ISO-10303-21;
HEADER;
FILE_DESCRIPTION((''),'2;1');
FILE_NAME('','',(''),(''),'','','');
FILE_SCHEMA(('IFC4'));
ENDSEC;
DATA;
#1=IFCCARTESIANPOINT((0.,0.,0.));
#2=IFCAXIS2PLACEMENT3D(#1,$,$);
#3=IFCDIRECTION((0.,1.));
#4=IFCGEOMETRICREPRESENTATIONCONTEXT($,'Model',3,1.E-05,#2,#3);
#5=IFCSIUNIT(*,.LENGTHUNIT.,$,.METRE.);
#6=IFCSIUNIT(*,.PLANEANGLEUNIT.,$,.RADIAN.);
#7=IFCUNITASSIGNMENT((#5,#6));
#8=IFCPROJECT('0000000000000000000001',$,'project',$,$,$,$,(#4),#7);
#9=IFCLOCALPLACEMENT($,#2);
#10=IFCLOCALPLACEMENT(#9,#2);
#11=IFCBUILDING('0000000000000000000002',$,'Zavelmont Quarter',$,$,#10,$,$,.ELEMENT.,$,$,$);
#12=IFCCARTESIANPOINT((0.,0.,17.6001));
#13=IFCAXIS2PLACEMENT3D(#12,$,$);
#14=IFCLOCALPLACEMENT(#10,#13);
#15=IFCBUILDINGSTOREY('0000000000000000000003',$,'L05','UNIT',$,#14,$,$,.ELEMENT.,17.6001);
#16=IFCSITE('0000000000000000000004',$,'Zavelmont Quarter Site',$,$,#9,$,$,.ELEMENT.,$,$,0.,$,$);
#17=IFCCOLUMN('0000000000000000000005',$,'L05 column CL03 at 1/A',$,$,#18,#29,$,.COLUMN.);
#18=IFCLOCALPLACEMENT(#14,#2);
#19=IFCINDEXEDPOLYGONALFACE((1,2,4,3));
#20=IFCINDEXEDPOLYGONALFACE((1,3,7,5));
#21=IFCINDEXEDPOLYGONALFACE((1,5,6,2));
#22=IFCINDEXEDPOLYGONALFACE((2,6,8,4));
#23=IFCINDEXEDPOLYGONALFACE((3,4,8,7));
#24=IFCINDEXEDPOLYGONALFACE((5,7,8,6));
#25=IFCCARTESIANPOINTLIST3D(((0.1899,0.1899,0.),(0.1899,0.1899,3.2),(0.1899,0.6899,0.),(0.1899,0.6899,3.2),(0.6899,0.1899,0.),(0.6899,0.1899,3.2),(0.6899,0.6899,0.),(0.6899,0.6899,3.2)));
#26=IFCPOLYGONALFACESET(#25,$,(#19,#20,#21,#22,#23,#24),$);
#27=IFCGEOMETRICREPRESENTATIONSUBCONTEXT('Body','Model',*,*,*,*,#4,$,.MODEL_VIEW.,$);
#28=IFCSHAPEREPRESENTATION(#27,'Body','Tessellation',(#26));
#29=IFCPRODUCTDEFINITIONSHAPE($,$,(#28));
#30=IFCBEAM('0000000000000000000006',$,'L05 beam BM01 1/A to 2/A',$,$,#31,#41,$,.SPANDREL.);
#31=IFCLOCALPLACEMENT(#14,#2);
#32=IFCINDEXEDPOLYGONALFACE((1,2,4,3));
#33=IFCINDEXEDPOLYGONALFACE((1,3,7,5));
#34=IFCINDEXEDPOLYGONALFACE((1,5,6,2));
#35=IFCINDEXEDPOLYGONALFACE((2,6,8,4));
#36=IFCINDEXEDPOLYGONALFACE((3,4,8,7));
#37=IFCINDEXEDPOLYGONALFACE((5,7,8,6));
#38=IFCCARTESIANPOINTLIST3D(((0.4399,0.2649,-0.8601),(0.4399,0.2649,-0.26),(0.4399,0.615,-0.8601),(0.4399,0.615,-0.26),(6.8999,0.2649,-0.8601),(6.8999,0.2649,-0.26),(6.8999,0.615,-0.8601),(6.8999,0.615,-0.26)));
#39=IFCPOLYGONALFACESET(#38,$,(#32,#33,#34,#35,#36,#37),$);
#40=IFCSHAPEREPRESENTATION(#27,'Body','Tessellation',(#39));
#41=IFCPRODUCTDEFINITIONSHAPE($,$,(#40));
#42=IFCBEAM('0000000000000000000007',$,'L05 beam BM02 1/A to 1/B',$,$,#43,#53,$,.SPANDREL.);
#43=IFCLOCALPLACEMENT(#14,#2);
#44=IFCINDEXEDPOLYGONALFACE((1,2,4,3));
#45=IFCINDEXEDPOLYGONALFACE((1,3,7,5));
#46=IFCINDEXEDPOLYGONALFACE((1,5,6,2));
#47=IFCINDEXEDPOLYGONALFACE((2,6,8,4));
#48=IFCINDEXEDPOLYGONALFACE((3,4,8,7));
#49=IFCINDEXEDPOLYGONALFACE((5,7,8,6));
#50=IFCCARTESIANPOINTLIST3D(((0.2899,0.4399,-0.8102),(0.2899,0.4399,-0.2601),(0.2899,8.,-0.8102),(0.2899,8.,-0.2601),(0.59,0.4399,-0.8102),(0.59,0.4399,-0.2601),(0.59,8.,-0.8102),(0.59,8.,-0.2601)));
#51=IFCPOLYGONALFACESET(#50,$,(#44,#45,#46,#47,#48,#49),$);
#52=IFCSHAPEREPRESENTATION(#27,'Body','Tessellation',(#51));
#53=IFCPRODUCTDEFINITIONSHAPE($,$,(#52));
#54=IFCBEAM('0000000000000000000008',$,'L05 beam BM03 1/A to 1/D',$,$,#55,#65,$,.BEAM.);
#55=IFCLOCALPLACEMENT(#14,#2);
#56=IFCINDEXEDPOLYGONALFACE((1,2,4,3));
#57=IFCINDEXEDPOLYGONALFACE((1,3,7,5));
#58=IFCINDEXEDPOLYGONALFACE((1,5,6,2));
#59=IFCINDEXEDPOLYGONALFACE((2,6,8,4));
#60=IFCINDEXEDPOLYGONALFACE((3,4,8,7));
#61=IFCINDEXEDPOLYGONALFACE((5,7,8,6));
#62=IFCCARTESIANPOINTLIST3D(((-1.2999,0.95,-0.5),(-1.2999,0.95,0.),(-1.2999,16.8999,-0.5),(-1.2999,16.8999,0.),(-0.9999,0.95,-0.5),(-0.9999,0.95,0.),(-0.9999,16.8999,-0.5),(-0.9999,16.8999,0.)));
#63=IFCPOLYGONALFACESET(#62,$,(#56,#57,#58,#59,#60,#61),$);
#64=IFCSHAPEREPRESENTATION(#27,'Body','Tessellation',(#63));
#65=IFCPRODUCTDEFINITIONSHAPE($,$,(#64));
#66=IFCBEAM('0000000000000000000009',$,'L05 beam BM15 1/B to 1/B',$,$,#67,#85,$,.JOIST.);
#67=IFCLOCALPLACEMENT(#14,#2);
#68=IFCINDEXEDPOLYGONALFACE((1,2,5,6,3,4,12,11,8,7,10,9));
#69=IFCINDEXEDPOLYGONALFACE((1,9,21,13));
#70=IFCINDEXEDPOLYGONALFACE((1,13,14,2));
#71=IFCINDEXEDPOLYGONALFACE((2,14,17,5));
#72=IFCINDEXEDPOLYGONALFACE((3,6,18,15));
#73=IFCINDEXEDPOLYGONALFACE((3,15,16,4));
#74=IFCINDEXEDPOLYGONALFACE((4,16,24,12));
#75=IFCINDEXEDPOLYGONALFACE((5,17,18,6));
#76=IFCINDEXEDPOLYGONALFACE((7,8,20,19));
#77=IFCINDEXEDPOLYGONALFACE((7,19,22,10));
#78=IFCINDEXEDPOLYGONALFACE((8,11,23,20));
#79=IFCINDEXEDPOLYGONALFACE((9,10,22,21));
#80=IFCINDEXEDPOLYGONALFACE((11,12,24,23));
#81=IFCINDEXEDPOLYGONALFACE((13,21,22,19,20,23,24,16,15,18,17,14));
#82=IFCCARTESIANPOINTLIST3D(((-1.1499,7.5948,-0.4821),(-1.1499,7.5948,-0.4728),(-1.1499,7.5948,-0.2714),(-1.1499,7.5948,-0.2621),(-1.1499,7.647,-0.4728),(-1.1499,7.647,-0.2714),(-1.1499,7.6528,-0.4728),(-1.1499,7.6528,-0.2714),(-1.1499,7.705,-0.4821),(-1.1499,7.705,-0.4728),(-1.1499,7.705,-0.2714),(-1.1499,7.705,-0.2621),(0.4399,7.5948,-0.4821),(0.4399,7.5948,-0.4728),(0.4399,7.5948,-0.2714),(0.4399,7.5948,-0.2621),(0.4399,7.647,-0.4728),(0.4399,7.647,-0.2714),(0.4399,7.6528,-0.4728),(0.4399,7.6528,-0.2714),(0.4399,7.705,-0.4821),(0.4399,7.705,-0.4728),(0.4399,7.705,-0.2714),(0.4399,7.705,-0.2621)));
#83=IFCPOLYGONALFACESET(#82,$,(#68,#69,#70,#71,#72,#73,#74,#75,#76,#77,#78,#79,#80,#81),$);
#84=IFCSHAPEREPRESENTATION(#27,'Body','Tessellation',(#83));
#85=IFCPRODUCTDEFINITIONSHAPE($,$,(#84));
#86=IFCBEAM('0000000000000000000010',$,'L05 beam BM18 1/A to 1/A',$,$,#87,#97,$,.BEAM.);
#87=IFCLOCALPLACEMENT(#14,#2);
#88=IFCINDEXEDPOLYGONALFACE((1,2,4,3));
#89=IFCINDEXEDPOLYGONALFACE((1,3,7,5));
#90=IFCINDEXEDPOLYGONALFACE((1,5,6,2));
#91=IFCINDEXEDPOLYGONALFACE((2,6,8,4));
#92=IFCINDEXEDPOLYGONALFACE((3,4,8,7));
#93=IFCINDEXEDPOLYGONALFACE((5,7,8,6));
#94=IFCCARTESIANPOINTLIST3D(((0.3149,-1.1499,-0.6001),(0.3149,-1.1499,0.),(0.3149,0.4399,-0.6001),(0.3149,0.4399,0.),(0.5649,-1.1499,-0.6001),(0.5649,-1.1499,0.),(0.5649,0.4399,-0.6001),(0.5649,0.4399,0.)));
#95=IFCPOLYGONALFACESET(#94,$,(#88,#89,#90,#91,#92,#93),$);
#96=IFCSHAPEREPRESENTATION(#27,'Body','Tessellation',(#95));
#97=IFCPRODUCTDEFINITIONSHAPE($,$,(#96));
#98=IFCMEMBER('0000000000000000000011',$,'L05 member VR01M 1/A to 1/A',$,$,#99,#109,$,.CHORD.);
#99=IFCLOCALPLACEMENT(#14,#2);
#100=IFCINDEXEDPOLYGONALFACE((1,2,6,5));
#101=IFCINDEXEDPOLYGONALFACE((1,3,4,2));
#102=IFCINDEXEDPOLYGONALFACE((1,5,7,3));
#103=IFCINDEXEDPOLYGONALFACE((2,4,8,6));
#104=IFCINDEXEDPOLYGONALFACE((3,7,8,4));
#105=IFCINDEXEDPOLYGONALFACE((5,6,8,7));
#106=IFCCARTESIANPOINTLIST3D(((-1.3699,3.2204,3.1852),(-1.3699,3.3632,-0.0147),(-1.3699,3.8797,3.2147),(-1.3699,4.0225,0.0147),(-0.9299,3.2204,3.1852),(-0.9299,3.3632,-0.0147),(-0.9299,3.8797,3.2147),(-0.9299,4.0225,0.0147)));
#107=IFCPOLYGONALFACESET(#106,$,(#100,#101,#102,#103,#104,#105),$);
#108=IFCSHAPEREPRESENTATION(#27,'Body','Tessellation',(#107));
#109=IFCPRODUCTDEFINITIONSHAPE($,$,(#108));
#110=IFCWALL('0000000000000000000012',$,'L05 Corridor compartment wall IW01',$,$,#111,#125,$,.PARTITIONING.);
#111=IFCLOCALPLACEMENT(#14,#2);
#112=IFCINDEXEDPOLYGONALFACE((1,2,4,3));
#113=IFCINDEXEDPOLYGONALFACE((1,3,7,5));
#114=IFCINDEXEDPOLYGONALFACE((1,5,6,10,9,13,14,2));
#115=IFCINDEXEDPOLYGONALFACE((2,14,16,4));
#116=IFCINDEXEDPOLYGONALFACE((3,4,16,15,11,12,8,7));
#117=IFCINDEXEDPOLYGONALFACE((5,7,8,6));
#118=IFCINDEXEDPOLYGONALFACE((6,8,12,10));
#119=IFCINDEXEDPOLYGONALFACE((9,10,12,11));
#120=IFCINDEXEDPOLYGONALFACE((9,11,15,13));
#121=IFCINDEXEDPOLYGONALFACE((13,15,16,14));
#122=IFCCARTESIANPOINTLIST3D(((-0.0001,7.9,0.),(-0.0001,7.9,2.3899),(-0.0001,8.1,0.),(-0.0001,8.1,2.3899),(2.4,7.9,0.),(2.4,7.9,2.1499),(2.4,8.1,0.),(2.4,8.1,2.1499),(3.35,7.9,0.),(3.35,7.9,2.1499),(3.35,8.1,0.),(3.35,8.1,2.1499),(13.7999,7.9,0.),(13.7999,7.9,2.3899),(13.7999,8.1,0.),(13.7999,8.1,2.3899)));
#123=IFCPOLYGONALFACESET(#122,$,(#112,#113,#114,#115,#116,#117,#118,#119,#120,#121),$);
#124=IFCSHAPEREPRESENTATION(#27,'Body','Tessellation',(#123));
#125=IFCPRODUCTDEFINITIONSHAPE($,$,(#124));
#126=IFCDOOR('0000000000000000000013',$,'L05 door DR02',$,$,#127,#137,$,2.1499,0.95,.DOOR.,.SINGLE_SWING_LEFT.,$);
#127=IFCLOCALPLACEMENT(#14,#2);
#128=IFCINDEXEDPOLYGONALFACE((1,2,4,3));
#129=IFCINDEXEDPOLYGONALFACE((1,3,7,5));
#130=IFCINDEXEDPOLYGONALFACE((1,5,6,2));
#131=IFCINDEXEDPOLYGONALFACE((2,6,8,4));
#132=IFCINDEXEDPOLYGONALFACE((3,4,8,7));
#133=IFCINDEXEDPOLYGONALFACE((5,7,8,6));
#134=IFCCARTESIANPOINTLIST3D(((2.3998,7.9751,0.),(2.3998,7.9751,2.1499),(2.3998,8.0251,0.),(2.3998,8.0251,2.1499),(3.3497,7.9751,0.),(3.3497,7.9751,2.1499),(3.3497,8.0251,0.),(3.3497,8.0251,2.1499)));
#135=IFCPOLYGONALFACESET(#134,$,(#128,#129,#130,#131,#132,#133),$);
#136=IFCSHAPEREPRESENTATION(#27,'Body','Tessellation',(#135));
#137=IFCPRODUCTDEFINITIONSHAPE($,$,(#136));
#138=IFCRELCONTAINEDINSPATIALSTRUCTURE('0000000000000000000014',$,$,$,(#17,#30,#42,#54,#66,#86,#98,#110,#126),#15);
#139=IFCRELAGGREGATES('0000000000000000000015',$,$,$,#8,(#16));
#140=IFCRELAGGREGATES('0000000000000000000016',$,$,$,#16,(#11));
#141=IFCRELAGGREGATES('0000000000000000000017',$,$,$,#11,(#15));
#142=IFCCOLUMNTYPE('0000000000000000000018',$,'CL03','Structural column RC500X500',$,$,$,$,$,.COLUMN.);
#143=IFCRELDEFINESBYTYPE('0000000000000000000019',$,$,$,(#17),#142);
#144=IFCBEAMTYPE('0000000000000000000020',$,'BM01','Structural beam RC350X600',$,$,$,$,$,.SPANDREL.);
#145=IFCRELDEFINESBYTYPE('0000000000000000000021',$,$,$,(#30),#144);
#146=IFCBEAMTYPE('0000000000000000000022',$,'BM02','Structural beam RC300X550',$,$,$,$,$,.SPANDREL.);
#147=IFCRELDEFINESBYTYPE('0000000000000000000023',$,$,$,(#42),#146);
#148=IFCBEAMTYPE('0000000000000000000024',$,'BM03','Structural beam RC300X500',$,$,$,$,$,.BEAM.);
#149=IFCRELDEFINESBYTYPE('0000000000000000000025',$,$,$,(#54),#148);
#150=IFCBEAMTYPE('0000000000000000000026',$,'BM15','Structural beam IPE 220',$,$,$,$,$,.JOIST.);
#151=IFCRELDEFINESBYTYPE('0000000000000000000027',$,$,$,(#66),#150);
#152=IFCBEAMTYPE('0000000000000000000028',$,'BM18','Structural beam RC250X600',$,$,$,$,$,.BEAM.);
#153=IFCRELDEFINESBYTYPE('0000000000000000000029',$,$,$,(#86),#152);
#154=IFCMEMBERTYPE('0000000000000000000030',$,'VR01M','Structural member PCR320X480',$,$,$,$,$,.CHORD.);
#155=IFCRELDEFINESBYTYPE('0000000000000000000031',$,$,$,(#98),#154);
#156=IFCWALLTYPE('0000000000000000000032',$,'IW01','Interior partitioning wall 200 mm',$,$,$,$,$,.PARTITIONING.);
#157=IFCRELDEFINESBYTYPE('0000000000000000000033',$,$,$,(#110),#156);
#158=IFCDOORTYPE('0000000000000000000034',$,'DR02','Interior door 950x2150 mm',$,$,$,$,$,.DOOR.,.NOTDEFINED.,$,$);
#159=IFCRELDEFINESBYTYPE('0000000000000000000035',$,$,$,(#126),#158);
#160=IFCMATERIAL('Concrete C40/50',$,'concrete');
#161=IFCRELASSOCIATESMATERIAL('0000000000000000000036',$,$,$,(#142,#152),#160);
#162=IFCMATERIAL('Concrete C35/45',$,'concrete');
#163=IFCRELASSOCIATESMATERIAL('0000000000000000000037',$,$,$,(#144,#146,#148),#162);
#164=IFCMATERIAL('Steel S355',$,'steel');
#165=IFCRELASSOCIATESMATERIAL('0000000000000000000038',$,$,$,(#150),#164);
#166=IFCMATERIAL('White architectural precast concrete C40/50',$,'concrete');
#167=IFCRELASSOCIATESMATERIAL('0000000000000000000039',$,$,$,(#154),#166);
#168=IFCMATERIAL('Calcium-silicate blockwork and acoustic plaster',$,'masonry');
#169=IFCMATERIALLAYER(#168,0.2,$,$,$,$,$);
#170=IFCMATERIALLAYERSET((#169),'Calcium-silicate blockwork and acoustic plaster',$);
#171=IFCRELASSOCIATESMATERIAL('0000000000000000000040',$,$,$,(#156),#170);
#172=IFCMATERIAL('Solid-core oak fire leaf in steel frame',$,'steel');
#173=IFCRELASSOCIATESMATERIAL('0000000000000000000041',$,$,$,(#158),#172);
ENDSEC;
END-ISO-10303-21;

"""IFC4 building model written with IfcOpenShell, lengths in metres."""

from ifc_helpers import new_model, si_unit, direction, frame, frame_2d, origin, origin_2d, place, context, subcontext, project, spatial, rectangle, i_section, extrude, material, layer, layer_set, material_profile, profile_set, type_object, element, fill, save


model = new_model("IFC4")

# Units and contexts
model_context = context("Model", 3, precision=1e-05, world=origin(), true_north=direction((0.0, 1.0)))
body_context = subcontext(model_context, "Body", "Model", "MODEL_VIEW")
ifc_project = project(units=[si_unit("LENGTHUNIT", "METRE"), si_unit("PLANEANGLEUNIT", "RADIAN")], contexts=[model_context])

# Site, building, storey
site_placement = place(None, origin())
site = spatial("IfcSite", under=ifc_project, at=site_placement, Name="Zavelmont Quarter Site", CompositionType="ELEMENT", RefElevation=0.0)
building_placement = place(site_placement, origin())
building = spatial("IfcBuilding", under=site, at=building_placement, Name="Zavelmont Quarter", CompositionType="ELEMENT")
storey_placement = place(building_placement, frame((0.0, 0.0, 17.6001)))
storey = spatial("IfcBuildingStorey", under=building, at=storey_placement, Name="L05", Description="UNIT", CompositionType="ELEMENT", Elevation=17.6001)

# Column
ifc_material_1 = material(Name="Concrete C40/50", Category="concrete")
ifc_material_profile_1 = material_profile(ifc_material_1, rectangle(XDim=0.5, YDim=0.5, at=origin_2d()), Name="RC500X500")
ifc_profile_set_1 = profile_set([ifc_material_profile_1], Name="Concrete C40/50")
column_type = type_object("IfcColumnType", Name="CL03", Description="Structural column RC500X500", PredefinedType="COLUMN", material=ifc_profile_set_1)
column_placement = place(storey_placement, frame((0.4399, 0.4399, 0.0), z_axis=(0.0, 0.0, 1.0), x_axis=(1.0, 0.0, 0.0)))
element("IfcColumn", 1, at=column_placement, inside=storey, type_object=column_type, Name="L05 column CL03 at 1/A", PredefinedType="COLUMN", context=body_context, shape_type="SweptSolid", body=[
    extrude(rectangle(XDim=0.5, YDim=0.5, at=origin_2d()), origin(), (0.0, 0.0, 1.0), 3.2),
])

# Beams
ifc_material_2 = material(Name="Concrete C35/45", Category="concrete")
ifc_material_profile_2 = material_profile(ifc_material_2, rectangle(XDim=0.3501, YDim=0.6001, at=origin_2d()), Name="RC350X600")
ifc_profile_set_2 = profile_set([ifc_material_profile_2], Name="Concrete C35/45")
beam_type_1 = type_object("IfcBeamType", Name="BM01", Description="Structural beam RC350X600", PredefinedType="SPANDREL", material=ifc_profile_set_2)
beam_1_placement = place(storey_placement, frame((0.4399, 0.4399, -0.5601), z_axis=(1.0, 0.0, 0.0), x_axis=(0.0, 1.0, 0.0)))
element("IfcBeam", 2, at=beam_1_placement, inside=storey, type_object=beam_type_1, Name="L05 beam BM01 1/A to 2/A", PredefinedType="SPANDREL", context=body_context, shape_type="SweptSolid", body=[
    extrude(rectangle(XDim=0.3501, YDim=0.6001, at=origin_2d()), origin(), (0.0, 0.0, 1.0), 6.46),
])
ifc_material_profile_3 = material_profile(ifc_material_2, rectangle(XDim=0.3, YDim=0.55, at=origin_2d()), Name="RC300X550")
ifc_profile_set_3 = profile_set([ifc_material_profile_3], Name="Concrete C35/45")
beam_type_2 = type_object("IfcBeamType", Name="BM02", Description="Structural beam RC300X550", PredefinedType="SPANDREL", material=ifc_profile_set_3)
beam_2_placement = place(storey_placement, frame((0.4399, 0.4399, -0.5352), z_axis=(0.0, 1.0, 0.0), x_axis=(-1.0, 0.0, 0.0)))
element("IfcBeam", 3, at=beam_2_placement, inside=storey, type_object=beam_type_2, Name="L05 beam BM02 1/A to 1/B", PredefinedType="SPANDREL", context=body_context, shape_type="SweptSolid", body=[
    extrude(rectangle(XDim=0.3, YDim=0.55, at=origin_2d()), origin(), (0.0, 0.0, 1.0), 7.5601),
])
ifc_material_profile_4 = material_profile(ifc_material_2, rectangle(XDim=0.3, YDim=0.5, at=origin_2d()), Name="RC300X500")
ifc_profile_set_4 = profile_set([ifc_material_profile_4], Name="Concrete C35/45")
beam_type_3 = type_object("IfcBeamType", Name="BM03", Description="Structural beam RC300X500", PredefinedType="BEAM", material=ifc_profile_set_4)
beam_3_placement = place(storey_placement, frame((-1.1499, 0.95, -0.25), z_axis=(0.0, 1.0, 0.0), x_axis=(-1.0, 0.0, 0.0)))
element("IfcBeam", 4, at=beam_3_placement, inside=storey, type_object=beam_type_3, Name="L05 beam BM03 1/A to 1/D", PredefinedType="BEAM", context=body_context, shape_type="SweptSolid", body=[
    extrude(rectangle(XDim=0.3, YDim=0.5, at=origin_2d()), origin(), (0.0, 0.0, 1.0), 15.95),
])
ifc_material_3 = material(Name="Steel S355", Category="steel")
ifc_material_profile_5 = material_profile(ifc_material_3, i_section(OverallWidth=0.1101, OverallDepth=0.22, WebThickness=0.0059, FlangeThickness=0.0093, at=origin_2d()), Name="IPE 220")
ifc_profile_set_5 = profile_set([ifc_material_profile_5], Name="Steel S355")
beam_type_4 = type_object("IfcBeamType", Name="BM15", Description="Structural beam IPE 220", PredefinedType="JOIST", material=ifc_profile_set_5)
beam_4_placement = place(storey_placement, frame((0.4399, 7.6499, -0.3721), z_axis=(-1.0, 0.0, 0.0), x_axis=(0.0, -1.0, 0.0)))
element("IfcBeam", 5, at=beam_4_placement, inside=storey, type_object=beam_type_4, Name="L05 beam BM15 1/B to 1/B", PredefinedType="JOIST", context=body_context, shape_type="SweptSolid", body=[
    extrude(i_section(OverallWidth=0.1101, OverallDepth=0.22, WebThickness=0.0059, FlangeThickness=0.0093, at=origin_2d()), origin(), (0.0, 0.0, 1.0), 1.5898),
])
ifc_material_profile_6 = material_profile(ifc_material_1, rectangle(XDim=0.25, YDim=0.6001, at=origin_2d()), Name="RC250X600")
ifc_profile_set_6 = profile_set([ifc_material_profile_6], Name="Concrete C40/50")
beam_type_5 = type_object("IfcBeamType", Name="BM18", Description="Structural beam RC250X600", PredefinedType="BEAM", material=ifc_profile_set_6)
beam_5_placement = place(storey_placement, frame((0.4399, 0.4399, -0.3), z_axis=(0.0, -1.0, 0.0), x_axis=(1.0, 0.0, 0.0)))
element("IfcBeam", 6, at=beam_5_placement, inside=storey, type_object=beam_type_5, Name="L05 beam BM18 1/A to 1/A", PredefinedType="BEAM", context=body_context, shape_type="SweptSolid", body=[
    extrude(rectangle(XDim=0.25, YDim=0.6001, at=origin_2d()), origin(), (0.0, 0.0, 1.0), 1.5898),
])

# Member
ifc_material_4 = material(Name="White architectural precast concrete C40/50", Category="concrete")
ifc_material_profile_7 = material_profile(ifc_material_4, rectangle(XDim=0.4399, YDim=0.6599, at=origin_2d()), Name="PCR320X480")
ifc_profile_set_7 = profile_set([ifc_material_profile_7], Name="White architectural precast concrete C40/50")
member_type = type_object("IfcMemberType", Name="VR01M", Description="Structural member PCR320X480", PredefinedType="CHORD", material=ifc_profile_set_7)
member_placement = place(storey_placement, frame((-1.1499, 3.6929, 0.0), z_axis=(0.0, -0.044588, 0.999005), x_axis=(1.0, 0.0, 0.0)))
element("IfcMember", 7, at=member_placement, inside=storey, type_object=member_type, Name="L05 member VR01M 1/A to 1/A", PredefinedType="CHORD", context=body_context, shape_type="SweptSolid", body=[
    extrude(rectangle(XDim=0.4399, YDim=0.6599, at=origin_2d()), origin(), (0.0, 0.0, 1.0), 3.2031),
])

# Wall, opening, door
ifc_material_5 = material(Name="Calcium-silicate blockwork and acoustic plaster", Category="masonry")
ifc_layer = layer(ifc_material_5, 0.2)
ifc_layer_set = layer_set([ifc_layer], Name="Calcium-silicate blockwork and acoustic plaster")
wall_type = type_object("IfcWallType", Name="IW01", Description="Interior partitioning wall 200 mm", PredefinedType="PARTITIONING", material=ifc_layer_set)
wall_1_placement = place(storey_placement, frame((0.0, 8.0, 0.0), z_axis=(0.0, 0.0, 1.0), x_axis=(1.0, 0.0, 0.0)))
wall_1 = element("IfcWall", 8, at=wall_1_placement, inside=storey, type_object=wall_type, Name="L05 Corridor compartment wall IW01", PredefinedType="PARTITIONING", context=body_context, shape_type="SweptSolid", body=[
    extrude(rectangle(XDim=13.8, YDim=0.2, at=frame_2d((6.8999, 0.0))), origin(), (0.0, 0.0, 1.0), 2.3899),
])
opening_1_placement = place(wall_1_placement, frame((2.3999, 0.0, 0.0)))
opening_1 = element("IfcOpeningElement", 9, at=opening_1_placement, cuts=wall_1, PredefinedType="OPENING", context=body_context, shape_type="SweptSolid", body=[
    extrude(rectangle(XDim=0.95, YDim=2.1499, at=frame_2d((0.4751, 1.075))), frame((0.0, 0.1118, 0.0), z_axis=(0.0, -1.0, 0.0), x_axis=(1.0, 0.0, 0.0)), (0.0, 0.0, 1.0), 0.2239),
])
ifc_material_6 = material(Name="Solid-core oak fire leaf in steel frame", Category="steel")
door_type = type_object("IfcDoorType", Name="DR02", Description="Interior door 950x2150 mm", OperationType="NOTDEFINED", PredefinedType="DOOR", material=ifc_material_6)
door_1_placement = place(opening_1_placement, frame((0.95, 0.0, 0.0), z_axis=(0.0, 0.0, 1.0), x_axis=(-1.0, 0.0, 0.0)))
door_1 = element("IfcDoor", 10, at=door_1_placement, inside=storey, type_object=door_type, Name="L05 door DR02", OperationType="SINGLE_SWING_LEFT", OverallHeight=2.1499, OverallWidth=0.95, PredefinedType="DOOR", context=body_context, shape_type="SweptSolid", body=[
    extrude(rectangle(XDim=0.95, YDim=2.1499, at=frame_2d((0.4751, 1.075))), frame((0.0, 0.0249, 0.0), z_axis=(0.0, -1.0, 0.0), x_axis=(1.0, 0.0, 0.0)), (0.0, 0.0, 1.0), 0.05),
])
fill(opening_1, door_1)

save(model, "model.ifc")
